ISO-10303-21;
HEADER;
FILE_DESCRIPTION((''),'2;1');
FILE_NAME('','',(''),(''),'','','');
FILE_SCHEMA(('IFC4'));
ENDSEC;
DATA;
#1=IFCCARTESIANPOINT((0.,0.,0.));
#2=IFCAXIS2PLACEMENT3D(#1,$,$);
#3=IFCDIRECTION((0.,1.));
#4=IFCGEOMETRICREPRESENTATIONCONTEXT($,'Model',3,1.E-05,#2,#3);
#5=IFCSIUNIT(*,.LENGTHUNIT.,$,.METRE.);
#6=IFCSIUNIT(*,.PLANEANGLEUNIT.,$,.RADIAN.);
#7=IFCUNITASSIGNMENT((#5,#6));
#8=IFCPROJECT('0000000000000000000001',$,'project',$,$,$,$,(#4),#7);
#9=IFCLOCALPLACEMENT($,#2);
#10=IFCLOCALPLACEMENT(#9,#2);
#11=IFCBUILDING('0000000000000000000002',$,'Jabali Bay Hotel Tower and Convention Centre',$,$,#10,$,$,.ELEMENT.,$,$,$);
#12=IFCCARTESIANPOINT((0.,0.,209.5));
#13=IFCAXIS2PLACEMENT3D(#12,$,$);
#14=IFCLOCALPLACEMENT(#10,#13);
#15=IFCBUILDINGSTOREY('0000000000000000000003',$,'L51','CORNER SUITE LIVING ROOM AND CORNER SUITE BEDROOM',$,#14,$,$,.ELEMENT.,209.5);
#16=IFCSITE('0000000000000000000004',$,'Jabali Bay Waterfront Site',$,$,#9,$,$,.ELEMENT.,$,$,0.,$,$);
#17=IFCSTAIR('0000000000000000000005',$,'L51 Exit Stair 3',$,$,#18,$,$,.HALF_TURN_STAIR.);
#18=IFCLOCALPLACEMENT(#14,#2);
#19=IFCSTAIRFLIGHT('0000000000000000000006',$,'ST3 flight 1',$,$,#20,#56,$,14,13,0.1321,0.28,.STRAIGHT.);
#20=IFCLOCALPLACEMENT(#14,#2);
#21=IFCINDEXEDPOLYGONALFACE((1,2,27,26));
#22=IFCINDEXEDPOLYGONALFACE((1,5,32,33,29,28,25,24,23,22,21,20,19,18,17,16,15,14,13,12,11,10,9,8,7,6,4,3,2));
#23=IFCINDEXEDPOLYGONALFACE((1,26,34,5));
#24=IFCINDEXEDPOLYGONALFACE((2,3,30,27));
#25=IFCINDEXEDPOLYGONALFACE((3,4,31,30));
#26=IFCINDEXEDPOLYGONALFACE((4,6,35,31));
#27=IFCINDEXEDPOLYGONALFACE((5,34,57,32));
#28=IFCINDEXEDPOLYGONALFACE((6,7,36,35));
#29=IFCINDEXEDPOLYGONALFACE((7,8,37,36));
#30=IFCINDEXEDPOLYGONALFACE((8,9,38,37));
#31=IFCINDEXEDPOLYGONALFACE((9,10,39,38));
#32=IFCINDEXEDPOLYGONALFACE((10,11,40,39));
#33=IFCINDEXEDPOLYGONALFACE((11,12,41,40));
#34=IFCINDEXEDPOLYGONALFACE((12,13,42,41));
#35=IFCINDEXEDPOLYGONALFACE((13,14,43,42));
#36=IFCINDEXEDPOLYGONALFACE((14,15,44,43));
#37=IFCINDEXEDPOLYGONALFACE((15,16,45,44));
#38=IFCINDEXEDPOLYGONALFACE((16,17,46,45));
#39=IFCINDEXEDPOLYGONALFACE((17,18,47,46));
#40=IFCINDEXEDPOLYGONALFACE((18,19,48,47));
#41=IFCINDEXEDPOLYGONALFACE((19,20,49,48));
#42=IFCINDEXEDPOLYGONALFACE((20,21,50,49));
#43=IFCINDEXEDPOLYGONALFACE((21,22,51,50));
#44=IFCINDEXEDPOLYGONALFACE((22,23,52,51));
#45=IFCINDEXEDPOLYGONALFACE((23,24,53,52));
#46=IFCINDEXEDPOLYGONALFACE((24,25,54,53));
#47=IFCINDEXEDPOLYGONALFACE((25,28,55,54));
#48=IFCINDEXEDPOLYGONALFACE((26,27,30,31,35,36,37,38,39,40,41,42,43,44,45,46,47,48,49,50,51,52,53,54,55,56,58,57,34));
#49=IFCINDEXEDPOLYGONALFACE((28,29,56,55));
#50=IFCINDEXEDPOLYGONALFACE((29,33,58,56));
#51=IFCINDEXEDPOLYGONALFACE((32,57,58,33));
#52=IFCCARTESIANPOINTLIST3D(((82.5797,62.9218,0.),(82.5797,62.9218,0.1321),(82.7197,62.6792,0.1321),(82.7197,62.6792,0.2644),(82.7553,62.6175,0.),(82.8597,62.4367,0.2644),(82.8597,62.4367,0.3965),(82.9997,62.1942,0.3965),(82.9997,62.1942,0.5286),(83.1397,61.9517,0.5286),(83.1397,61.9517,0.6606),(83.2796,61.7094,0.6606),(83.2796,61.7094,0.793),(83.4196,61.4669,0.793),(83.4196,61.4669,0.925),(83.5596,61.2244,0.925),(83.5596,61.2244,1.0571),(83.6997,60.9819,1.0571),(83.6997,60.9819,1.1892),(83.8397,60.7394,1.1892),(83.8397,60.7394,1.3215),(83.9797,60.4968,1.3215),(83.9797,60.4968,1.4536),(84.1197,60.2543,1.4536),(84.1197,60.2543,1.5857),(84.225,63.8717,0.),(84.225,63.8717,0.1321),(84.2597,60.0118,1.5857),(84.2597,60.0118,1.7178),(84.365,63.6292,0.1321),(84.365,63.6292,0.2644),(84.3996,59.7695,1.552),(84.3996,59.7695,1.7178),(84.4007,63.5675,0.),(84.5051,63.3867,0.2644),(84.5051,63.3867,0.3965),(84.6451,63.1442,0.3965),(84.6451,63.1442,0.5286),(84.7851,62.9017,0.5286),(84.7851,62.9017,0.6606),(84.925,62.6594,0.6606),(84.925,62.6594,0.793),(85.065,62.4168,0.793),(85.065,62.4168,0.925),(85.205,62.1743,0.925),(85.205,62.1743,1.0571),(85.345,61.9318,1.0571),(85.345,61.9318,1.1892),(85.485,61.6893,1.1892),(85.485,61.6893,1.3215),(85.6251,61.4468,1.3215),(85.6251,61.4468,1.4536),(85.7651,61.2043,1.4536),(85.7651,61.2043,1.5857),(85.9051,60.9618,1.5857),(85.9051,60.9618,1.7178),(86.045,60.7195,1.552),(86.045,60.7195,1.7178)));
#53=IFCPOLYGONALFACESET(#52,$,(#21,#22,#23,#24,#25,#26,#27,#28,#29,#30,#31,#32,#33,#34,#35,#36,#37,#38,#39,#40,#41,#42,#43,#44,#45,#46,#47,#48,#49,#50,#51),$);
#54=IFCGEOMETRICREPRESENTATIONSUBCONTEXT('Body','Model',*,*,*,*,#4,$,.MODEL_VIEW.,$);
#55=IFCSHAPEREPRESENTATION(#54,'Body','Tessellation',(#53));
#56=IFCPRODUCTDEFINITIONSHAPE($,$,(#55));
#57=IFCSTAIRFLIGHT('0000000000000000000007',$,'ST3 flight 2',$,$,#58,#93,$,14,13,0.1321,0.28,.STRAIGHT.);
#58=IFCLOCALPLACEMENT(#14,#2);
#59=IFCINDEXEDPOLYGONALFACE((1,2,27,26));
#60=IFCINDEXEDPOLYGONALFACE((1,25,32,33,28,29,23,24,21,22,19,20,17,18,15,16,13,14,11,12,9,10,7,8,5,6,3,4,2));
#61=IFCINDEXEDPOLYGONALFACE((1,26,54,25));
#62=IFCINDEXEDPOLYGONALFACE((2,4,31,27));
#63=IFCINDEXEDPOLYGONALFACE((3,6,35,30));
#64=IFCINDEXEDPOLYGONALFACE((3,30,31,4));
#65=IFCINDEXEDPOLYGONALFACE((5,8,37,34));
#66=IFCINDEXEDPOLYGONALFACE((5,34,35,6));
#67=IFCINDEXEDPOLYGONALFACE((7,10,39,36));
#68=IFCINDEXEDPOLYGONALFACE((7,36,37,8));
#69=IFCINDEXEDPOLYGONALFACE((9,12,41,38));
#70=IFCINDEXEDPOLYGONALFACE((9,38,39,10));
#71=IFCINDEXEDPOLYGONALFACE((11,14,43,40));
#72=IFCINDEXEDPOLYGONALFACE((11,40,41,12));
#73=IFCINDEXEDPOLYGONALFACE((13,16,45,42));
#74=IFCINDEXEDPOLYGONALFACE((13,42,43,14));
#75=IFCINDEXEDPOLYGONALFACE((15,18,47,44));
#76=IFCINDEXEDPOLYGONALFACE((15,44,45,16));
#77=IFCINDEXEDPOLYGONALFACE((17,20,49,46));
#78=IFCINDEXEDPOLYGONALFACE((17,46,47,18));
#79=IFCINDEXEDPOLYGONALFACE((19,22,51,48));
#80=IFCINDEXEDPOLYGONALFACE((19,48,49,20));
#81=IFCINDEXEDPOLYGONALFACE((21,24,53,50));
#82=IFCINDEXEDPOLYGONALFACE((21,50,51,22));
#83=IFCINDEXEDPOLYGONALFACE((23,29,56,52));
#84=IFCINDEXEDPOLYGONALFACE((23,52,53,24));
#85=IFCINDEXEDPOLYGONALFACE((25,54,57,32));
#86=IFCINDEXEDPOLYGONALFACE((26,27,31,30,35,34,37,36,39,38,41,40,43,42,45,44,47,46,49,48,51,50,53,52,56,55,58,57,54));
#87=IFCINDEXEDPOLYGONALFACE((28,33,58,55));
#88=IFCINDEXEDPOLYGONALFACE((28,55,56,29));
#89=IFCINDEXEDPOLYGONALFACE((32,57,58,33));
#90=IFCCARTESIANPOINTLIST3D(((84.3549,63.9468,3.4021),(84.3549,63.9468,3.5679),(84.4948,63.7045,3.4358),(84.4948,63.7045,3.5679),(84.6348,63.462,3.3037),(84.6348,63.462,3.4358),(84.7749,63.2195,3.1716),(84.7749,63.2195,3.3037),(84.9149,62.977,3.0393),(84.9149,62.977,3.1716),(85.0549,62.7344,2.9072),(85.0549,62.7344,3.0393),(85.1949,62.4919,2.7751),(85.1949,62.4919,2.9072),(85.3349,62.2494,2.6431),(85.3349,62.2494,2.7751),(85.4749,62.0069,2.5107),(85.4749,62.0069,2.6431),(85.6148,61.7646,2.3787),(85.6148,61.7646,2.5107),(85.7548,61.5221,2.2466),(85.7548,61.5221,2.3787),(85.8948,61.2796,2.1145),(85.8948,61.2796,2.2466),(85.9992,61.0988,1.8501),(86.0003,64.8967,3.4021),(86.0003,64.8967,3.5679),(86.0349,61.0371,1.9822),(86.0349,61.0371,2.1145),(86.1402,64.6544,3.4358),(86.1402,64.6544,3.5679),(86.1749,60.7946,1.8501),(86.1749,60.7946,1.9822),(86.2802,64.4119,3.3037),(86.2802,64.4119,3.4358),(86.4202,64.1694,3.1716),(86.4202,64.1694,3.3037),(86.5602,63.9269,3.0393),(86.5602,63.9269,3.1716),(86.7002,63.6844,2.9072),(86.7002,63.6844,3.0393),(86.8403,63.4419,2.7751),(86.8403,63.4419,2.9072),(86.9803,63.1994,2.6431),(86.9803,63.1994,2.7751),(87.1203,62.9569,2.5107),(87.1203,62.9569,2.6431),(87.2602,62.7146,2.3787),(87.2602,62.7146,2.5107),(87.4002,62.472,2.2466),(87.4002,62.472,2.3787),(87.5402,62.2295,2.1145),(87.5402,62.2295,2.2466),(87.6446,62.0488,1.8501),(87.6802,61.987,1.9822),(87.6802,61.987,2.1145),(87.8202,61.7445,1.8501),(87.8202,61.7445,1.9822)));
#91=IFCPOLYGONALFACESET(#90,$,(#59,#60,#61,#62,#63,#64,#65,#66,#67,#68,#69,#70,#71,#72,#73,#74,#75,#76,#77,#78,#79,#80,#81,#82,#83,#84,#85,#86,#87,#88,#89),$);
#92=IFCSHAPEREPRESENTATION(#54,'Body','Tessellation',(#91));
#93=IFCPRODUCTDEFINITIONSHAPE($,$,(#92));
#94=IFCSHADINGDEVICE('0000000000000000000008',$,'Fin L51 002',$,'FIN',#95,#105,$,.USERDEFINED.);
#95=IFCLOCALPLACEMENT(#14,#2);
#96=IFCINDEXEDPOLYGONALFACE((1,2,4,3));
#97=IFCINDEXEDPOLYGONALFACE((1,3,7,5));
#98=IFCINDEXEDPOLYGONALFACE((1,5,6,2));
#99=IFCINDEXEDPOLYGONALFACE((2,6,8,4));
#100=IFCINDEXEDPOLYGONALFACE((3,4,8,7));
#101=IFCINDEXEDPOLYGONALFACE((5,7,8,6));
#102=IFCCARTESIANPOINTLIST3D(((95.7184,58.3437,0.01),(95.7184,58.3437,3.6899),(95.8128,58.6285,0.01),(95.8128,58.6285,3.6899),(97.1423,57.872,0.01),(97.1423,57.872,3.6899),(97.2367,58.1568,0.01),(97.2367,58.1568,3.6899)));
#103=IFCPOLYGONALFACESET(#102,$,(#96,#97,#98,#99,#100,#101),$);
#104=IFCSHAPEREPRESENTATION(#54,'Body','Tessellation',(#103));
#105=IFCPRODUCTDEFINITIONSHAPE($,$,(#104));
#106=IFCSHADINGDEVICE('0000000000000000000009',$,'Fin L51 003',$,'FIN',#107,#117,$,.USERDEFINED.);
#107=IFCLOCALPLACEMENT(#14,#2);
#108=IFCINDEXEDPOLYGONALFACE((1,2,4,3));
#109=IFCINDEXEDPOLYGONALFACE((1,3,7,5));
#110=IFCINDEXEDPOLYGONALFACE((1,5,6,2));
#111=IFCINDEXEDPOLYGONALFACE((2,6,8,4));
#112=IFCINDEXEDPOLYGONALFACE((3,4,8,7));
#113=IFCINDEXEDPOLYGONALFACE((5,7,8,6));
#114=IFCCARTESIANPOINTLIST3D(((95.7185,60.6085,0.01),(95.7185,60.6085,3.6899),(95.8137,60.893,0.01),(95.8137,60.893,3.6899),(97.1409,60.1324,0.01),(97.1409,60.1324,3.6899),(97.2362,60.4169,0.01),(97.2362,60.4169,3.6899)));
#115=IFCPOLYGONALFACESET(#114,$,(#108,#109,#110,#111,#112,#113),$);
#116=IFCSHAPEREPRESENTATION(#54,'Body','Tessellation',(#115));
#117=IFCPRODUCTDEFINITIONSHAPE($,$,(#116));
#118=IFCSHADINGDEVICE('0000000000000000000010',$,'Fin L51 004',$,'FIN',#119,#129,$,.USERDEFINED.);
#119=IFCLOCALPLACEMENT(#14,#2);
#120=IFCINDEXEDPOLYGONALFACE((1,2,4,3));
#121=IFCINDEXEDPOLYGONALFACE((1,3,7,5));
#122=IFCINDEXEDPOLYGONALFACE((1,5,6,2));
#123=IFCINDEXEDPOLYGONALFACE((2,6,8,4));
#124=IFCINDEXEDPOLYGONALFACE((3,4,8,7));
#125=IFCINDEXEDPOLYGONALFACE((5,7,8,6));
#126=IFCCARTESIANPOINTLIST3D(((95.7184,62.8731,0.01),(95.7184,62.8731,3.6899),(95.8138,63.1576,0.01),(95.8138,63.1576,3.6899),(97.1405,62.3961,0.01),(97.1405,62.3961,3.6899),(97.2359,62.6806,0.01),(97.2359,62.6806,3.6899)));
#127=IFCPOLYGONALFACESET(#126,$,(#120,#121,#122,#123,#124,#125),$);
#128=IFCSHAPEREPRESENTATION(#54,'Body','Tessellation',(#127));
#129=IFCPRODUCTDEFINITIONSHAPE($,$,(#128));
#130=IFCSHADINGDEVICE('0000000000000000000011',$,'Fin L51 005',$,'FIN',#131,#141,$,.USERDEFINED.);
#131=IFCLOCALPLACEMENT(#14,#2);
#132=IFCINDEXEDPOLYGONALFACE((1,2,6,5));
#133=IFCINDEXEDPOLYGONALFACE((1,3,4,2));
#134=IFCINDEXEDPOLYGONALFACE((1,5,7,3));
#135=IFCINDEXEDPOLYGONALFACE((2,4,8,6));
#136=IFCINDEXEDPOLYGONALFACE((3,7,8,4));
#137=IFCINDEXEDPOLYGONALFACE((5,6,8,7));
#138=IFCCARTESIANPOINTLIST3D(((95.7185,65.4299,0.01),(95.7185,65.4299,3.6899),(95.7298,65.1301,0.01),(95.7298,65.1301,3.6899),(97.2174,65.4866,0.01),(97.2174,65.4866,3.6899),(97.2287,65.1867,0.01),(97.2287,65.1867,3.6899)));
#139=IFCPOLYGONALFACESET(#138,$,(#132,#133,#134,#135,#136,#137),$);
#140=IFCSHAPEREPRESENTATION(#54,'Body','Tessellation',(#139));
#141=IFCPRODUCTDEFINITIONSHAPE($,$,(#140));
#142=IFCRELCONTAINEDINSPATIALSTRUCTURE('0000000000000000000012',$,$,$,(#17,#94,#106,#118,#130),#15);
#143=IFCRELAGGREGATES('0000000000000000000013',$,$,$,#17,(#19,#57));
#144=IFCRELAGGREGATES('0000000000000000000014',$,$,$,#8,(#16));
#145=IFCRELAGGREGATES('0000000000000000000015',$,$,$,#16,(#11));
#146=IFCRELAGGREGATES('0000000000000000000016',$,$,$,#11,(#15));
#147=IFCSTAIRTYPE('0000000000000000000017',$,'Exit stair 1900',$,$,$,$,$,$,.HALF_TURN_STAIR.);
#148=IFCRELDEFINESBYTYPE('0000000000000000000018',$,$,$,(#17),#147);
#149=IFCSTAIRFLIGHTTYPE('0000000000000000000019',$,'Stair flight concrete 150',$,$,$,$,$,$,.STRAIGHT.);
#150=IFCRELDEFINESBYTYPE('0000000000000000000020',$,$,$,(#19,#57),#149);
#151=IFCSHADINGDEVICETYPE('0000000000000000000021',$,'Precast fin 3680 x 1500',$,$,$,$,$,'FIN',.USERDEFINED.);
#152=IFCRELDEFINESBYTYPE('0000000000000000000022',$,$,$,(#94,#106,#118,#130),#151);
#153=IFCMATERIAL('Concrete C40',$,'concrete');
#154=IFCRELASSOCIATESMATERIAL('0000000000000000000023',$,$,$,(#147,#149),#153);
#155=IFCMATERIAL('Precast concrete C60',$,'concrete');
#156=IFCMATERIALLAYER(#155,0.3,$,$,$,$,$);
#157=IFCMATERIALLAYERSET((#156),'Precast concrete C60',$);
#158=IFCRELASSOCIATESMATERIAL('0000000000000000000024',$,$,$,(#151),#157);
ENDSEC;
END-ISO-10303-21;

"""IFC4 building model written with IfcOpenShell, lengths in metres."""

from ifc_helpers import new_model, si_unit, direction, frame, frame_2d, origin, place, context, subcontext, project, spatial, polyline, rectangle, outline, extrude, material, layer, layer_set, type_object, element, aggregate, save


model = new_model("IFC4")

# Units and contexts
model_context = context("Model", 3, precision=1e-05, world=origin(), true_north=direction((0.0, 1.0)))
body_context = subcontext(model_context, "Body", "Model", "MODEL_VIEW")
ifc_project = project(units=[si_unit("LENGTHUNIT", "METRE"), si_unit("PLANEANGLEUNIT", "RADIAN")], contexts=[model_context])

# Site, building, storey
site_placement = place(None, origin())
site = spatial("IfcSite", under=ifc_project, at=site_placement, Name="Jabali Bay Waterfront Site", CompositionType="ELEMENT", RefElevation=0.0)
building_placement = place(site_placement, origin())
building = spatial("IfcBuilding", under=site, at=building_placement, Name="Jabali Bay Hotel Tower and Convention Centre", CompositionType="ELEMENT")
storey_placement = place(building_placement, frame((0.0, 0.0, 209.5)))
storey = spatial("IfcBuildingStorey", under=building, at=storey_placement, Name="L51", Description="CORNER SUITE LIVING ROOM AND CORNER SUITE BEDROOM", CompositionType="ELEMENT", Elevation=209.5)

# Shared definitions
ifc_material_1 = material(Name="Concrete C40", Category="concrete")

# Stair, stair flights
stair_type = type_object("IfcStairType", Name="Exit stair 1900", PredefinedType="HALF_TURN_STAIR", material=ifc_material_1)
stair_placement = place(storey_placement, origin())
stair = element("IfcStair", 1, at=stair_placement, inside=storey, type_object=stair_type, Name="L51 Exit Stair 3", PredefinedType="HALF_TURN_STAIR")
stair_flight_type = type_object("IfcStairFlightType", Name="Stair flight concrete 150", PredefinedType="STRAIGHT", material=ifc_material_1)
stair_flight_1_placement = place(storey_placement, frame((83.4023, 63.3967, 0.0), z_axis=(0.0, 0.0, 1.0), x_axis=(0.5, -0.866025, 0.0)))
stair_flight_1 = element("IfcStairFlight", 2, at=stair_flight_1_placement, type_object=stair_flight_type, Name="ST3 flight 1", NumberOfRisers=14, NumberOfTreads=13, PredefinedType="STRAIGHT", RiserHeight=0.1321, TreadLength=0.28, context=body_context, shape_type="SweptSolid", body=[
    extrude(outline(polyline([(0.0, 0.0), (0.0, 0.1321), (0.28, 0.1321), (0.28, 0.2644), (0.5601, 0.2644), (0.5601, 0.3965), (0.8401, 0.3965), (0.8401, 0.5286), (1.1201, 0.5286), (1.1201, 0.6606), (1.3999, 0.6606), (1.3999, 0.793), (1.6799, 0.793), (1.6799, 0.925), (1.96, 0.925), (1.96, 1.0571), (2.24, 1.0571), (2.24, 1.1892), (2.52, 1.1892), (2.52, 1.3215), (2.8, 1.3215), (2.8, 1.4536), (3.0801, 1.4536), (3.0801, 1.5857), (3.3601, 1.5857), (3.3601, 1.7178), (3.6399, 1.7178), (3.6399, 1.8501), (3.6399, 1.552), (0.3513, 0.0), (0.0, 0.0)])), frame((0.0, 0.95, 0.0), z_axis=(0.0, -1.0, 0.0), x_axis=(1.0, 0.0, 0.0)), (0.0, 0.0, 1.0), 1.8999),
])
stair_flight_2_placement = place(storey_placement, frame((86.9976, 61.2695, 1.8501), z_axis=(0.0, 0.0, 1.0), x_axis=(-0.5, 0.866025, 0.0)))
stair_flight_2 = element("IfcStairFlight", 3, at=stair_flight_2_placement, type_object=stair_flight_type, Name="ST3 flight 2", NumberOfRisers=14, NumberOfTreads=13, PredefinedType="STRAIGHT", RiserHeight=0.1321, TreadLength=0.28, context=body_context, shape_type="SweptSolid", body=[
    extrude(outline(polyline([(0.0, 0.0), (0.0, 0.1321), (0.28, 0.1321), (0.28, 0.2644), (0.5601, 0.2644), (0.5601, 0.3965), (0.8401, 0.3965), (0.8401, 0.5286), (1.1201, 0.5286), (1.1201, 0.6606), (1.3999, 0.6606), (1.3999, 0.793), (1.6799, 0.793), (1.6799, 0.925), (1.96, 0.925), (1.96, 1.0571), (2.24, 1.0571), (2.24, 1.1892), (2.52, 1.1892), (2.52, 1.3215), (2.8, 1.3215), (2.8, 1.4536), (3.0801, 1.4536), (3.0801, 1.5857), (3.3601, 1.5857), (3.3601, 1.7178), (3.6399, 1.7178), (3.6399, 1.8501), (3.6399, 1.552), (0.3513, 0.0), (0.0, 0.0)])), frame((0.0, 0.95, 0.0), z_axis=(0.0, -1.0, 0.0), x_axis=(1.0, 0.0, 0.0)), (0.0, 0.0, 1.0), 1.8999),
])
aggregate(stair, [stair_flight_1, stair_flight_2])

# Shading devices
ifc_material_2 = material(Name="Precast concrete C60", Category="concrete")
ifc_layer_1 = layer(ifc_material_2, 0.3)
ifc_layer_set_1 = layer_set([ifc_layer_1], Name="Precast concrete C60")
shading_device_type = type_object("IfcShadingDeviceType", Name="Precast fin 3680 x 1500", ElementType="FIN", PredefinedType="USERDEFINED", material=ifc_layer_set_1)
for number, where, z_axis, x_axis, name in (
    (4, (95.7656, 58.4861, 0.01), (0.0, 0.0, 1.0), (0.949268, -0.314469, 0.0), "Fin L51 002"),
    (5, (95.7661, 60.7507, 0.01), (0.0, 0.0, 1.0), (0.948292, -0.317399, 0.0), "Fin L51 003"),
    (6, (95.7661, 63.0154, 0.01), (0.0, 0.0, 1.0), (0.948079, -0.318034, 0.0), "Fin L51 004"),
    (7, (95.7241, 65.28, 0.01), (0.0, 0.0, 1.0), (0.999287, 0.037758, 0.0), "Fin L51 005"),
):
    element("IfcShadingDevice", number, at=place(storey_placement, frame(where, z_axis=z_axis, x_axis=x_axis)), inside=storey, type_object=shading_device_type, Name=name, ObjectType="FIN", PredefinedType="USERDEFINED", context=body_context, shape_type="SweptSolid", body=[
        extrude(rectangle(XDim=1.5, YDim=0.3, at=frame_2d((0.75, 0.0))), origin(), (0.0, 0.0, 1.0), 3.6799),
    ])

save(model, "model.ifc")
